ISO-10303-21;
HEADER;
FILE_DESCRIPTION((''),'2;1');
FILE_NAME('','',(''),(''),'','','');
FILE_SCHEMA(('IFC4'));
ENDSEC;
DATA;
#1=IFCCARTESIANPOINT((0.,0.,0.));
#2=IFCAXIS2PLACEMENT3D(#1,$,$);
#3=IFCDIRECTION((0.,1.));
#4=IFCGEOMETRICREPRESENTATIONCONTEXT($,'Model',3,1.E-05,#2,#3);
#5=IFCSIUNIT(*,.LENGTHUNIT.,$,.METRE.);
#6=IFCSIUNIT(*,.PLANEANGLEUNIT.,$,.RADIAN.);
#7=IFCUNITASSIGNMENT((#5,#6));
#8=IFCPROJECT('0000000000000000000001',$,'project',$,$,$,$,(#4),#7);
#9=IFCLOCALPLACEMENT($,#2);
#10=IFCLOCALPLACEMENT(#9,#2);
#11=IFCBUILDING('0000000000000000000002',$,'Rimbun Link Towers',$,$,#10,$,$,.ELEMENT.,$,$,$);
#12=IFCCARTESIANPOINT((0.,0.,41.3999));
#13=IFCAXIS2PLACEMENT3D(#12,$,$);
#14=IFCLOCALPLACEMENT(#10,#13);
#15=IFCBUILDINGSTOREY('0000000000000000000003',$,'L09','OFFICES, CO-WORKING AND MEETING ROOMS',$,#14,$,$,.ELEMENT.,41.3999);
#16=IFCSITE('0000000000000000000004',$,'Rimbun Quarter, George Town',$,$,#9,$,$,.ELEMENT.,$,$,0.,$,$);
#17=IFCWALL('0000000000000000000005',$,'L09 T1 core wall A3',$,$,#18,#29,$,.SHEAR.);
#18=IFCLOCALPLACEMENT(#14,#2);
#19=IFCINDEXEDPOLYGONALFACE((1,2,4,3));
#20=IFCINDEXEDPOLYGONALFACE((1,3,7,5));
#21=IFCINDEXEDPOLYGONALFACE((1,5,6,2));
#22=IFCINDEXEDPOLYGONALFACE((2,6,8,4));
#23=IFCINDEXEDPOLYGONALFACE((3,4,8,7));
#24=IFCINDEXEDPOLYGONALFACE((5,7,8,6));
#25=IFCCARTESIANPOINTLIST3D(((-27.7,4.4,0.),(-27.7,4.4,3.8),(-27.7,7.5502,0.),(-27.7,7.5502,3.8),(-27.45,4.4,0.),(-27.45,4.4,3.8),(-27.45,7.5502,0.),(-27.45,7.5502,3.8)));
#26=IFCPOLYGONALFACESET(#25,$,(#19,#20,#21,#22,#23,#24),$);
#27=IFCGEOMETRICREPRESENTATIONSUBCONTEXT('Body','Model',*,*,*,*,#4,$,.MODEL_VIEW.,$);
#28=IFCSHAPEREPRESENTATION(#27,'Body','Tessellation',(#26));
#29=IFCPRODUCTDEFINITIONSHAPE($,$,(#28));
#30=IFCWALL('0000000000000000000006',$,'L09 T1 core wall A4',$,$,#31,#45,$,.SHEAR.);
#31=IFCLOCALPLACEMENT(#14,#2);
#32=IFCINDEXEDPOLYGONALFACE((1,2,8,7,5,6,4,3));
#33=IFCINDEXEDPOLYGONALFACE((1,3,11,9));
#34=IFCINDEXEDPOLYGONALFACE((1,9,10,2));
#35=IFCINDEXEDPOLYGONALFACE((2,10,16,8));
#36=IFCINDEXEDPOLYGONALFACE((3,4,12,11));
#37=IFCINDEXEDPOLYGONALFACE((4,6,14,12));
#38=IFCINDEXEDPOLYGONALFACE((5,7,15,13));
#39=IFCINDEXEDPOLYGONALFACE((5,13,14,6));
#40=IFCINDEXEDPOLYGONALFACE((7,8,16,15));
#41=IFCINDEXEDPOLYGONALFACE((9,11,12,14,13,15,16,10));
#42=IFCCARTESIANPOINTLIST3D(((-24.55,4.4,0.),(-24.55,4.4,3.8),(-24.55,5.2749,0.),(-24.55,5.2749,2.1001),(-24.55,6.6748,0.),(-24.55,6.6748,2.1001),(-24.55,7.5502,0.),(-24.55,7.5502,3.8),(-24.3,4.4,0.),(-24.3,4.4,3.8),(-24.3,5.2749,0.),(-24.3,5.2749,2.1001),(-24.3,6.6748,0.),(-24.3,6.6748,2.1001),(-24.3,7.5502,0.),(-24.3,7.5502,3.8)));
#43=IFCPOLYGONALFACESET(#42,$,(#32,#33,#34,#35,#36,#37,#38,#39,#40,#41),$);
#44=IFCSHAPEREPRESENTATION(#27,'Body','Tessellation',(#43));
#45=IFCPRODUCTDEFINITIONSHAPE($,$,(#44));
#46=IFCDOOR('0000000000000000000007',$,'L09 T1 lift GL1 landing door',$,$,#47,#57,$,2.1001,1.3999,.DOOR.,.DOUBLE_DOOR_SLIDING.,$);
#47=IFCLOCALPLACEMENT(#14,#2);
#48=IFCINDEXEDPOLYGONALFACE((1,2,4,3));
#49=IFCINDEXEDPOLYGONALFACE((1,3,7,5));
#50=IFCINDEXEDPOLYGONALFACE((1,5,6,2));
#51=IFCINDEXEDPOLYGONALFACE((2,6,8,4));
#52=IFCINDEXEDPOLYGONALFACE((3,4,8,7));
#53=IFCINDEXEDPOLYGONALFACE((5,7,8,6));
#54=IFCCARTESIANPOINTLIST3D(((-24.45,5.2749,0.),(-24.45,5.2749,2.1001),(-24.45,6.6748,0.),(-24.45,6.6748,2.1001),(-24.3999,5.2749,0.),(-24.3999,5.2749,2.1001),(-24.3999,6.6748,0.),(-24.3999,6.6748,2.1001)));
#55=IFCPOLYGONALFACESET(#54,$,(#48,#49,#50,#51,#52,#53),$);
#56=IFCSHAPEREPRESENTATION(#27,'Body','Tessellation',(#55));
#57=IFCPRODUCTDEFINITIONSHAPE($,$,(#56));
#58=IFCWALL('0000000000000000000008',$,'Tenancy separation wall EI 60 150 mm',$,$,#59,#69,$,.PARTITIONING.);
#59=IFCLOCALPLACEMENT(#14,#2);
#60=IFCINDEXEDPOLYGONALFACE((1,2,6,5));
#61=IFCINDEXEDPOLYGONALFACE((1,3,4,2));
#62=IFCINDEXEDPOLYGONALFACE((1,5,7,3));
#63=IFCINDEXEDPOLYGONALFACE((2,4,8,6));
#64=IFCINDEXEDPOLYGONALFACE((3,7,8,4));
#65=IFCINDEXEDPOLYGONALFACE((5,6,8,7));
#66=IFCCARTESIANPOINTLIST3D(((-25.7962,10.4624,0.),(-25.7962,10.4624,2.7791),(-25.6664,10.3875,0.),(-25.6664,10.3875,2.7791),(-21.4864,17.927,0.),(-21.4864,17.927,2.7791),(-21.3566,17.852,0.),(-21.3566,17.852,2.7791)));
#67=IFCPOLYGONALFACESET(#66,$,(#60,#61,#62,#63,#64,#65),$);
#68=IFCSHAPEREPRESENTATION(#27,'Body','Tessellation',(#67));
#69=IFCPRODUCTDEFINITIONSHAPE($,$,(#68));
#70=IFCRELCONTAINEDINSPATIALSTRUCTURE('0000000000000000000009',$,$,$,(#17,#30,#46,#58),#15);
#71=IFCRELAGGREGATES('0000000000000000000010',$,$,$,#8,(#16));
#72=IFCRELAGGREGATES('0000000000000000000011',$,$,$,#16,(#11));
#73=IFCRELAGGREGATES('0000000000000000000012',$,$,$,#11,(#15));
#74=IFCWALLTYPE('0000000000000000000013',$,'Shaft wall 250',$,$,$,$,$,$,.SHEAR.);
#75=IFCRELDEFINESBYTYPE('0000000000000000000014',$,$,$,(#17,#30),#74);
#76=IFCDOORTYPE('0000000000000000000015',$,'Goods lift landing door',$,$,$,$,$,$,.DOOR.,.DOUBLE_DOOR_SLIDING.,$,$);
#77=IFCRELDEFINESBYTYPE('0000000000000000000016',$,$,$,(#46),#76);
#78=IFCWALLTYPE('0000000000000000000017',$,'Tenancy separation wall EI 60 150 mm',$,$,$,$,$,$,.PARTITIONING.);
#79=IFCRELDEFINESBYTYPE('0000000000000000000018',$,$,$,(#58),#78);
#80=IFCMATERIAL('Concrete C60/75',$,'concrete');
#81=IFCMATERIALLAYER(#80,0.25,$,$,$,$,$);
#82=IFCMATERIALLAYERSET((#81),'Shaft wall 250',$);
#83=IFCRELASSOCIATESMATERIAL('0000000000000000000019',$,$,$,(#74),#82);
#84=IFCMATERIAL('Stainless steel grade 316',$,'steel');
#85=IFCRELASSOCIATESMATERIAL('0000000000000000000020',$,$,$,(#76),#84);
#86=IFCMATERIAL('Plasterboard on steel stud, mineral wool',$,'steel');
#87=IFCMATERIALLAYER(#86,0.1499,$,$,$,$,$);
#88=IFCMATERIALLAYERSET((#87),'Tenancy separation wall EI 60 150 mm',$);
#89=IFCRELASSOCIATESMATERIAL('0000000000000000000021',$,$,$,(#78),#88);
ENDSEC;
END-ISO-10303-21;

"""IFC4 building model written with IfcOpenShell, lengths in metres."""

from ifc_helpers import new_model, si_unit, direction, frame, frame_2d, origin, place, context, subcontext, project, spatial, rectangle, extrude, material, layer, layer_set, type_object, element, fill, save


model = new_model("IFC4")

# Units and contexts
model_context = context("Model", 3, precision=1e-05, world=origin(), true_north=direction((0.0, 1.0)))
body_context = subcontext(model_context, "Body", "Model", "MODEL_VIEW")
ifc_project = project(units=[si_unit("LENGTHUNIT", "METRE"), si_unit("PLANEANGLEUNIT", "RADIAN")], contexts=[model_context])

# Site, building, storey
site_placement = place(None, origin())
site = spatial("IfcSite", under=ifc_project, at=site_placement, Name="Rimbun Quarter, George Town", CompositionType="ELEMENT", RefElevation=0.0)
building_placement = place(site_placement, origin())
building = spatial("IfcBuilding", under=site, at=building_placement, Name="Rimbun Link Towers", CompositionType="ELEMENT")
storey_placement = place(building_placement, frame((0.0, 0.0, 41.3999)))
storey = spatial("IfcBuildingStorey", under=building, at=storey_placement, Name="L09", Description="OFFICES, CO-WORKING AND MEETING ROOMS", CompositionType="ELEMENT", Elevation=41.3999)

# Wall
ifc_material_1 = material(Name="Concrete C60/75", Category="concrete")
ifc_layer_1 = layer(ifc_material_1, 0.25)
ifc_layer_set_1 = layer_set([ifc_layer_1], Name="Shaft wall 250")
wall_type_1 = type_object("IfcWallType", Name="Shaft wall 250", PredefinedType="SHEAR", material=ifc_layer_set_1)
wall_1_placement = place(storey_placement, frame((-27.575, 4.3999, 0.0), z_axis=(0.0, 0.0, 1.0), x_axis=(0.0, 1.0, 0.0)))
element("IfcWall", 1, at=wall_1_placement, inside=storey, type_object=wall_type_1, Name="L09 T1 core wall A3", PredefinedType="SHEAR", context=body_context, shape_type="SweptSolid", body=[
    extrude(rectangle(XDim=3.1501, YDim=0.25, at=frame_2d((1.5752, 0.0))), origin(), (0.0, 0.0, 1.0), 3.8),
])

# Wall, opening, door
wall_2_placement = place(storey_placement, frame((-24.425, 4.3999, 0.0), z_axis=(0.0, 0.0, 1.0), x_axis=(0.0, 1.0, 0.0)))
wall_2 = element("IfcWall", 2, at=wall_2_placement, inside=storey, type_object=wall_type_1, Name="L09 T1 core wall A4", PredefinedType="SHEAR", context=body_context, shape_type="SweptSolid", body=[
    extrude(rectangle(XDim=3.1501, YDim=0.25, at=frame_2d((1.5752, 0.0))), origin(), (0.0, 0.0, 1.0), 3.8),
])
opening_1_placement = place(wall_2_placement, frame((0.875, 0.0, 0.0)))
opening_1 = element("IfcOpeningElement", 3, at=opening_1_placement, cuts=wall_2, PredefinedType="OPENING", context=body_context, shape_type="SweptSolid", body=[
    extrude(rectangle(XDim=1.3999, YDim=2.1001, at=frame_2d((0.7, 1.05))), frame((0.0, 0.135, 0.0), z_axis=(0.0, -1.0, 0.0), x_axis=(1.0, 0.0, 0.0)), (0.0, 0.0, 1.0), 0.27),
])
ifc_material_2 = material(Name="Stainless steel grade 316", Category="steel")
door_type_1 = type_object("IfcDoorType", Name="Goods lift landing door", OperationType="DOUBLE_DOOR_SLIDING", PredefinedType="DOOR", material=ifc_material_2)
door_1_placement = place(opening_1_placement, origin())
door_1 = element("IfcDoor", 4, at=door_1_placement, inside=storey, type_object=door_type_1, Name="L09 T1 lift GL1 landing door", OperationType="DOUBLE_DOOR_SLIDING", OverallHeight=2.1001, OverallWidth=1.3999, PredefinedType="DOOR", context=body_context, shape_type="SweptSolid", body=[
    extrude(rectangle(XDim=1.3999, YDim=2.1001, at=frame_2d((0.7, 1.05))), frame((0.0, 0.0249, 0.0), z_axis=(0.0, -1.0, 0.0), x_axis=(1.0, 0.0, 0.0)), (0.0, 0.0, 1.0), 0.05),
])
fill(opening_1, door_1)

# Wall
ifc_material_3 = material(Name="Plasterboard on steel stud, mineral wool", Category="steel")
ifc_layer_2 = layer(ifc_material_3, 0.1499)
ifc_layer_set_2 = layer_set([ifc_layer_2], Name="Tenancy separation wall EI 60 150 mm")
wall_type_2 = type_object("IfcWallType", Name="Tenancy separation wall EI 60 150 mm", PredefinedType="PARTITIONING", material=ifc_layer_set_2)
wall_3_placement = place(storey_placement, frame((-25.7312, 10.425, 0.0), z_axis=(0.0, 0.0, 1.0), x_axis=(0.500011, 0.866019, 0.0)))
element("IfcWall", 5, at=wall_3_placement, inside=storey, type_object=wall_type_2, Name="Tenancy separation wall EI 60 150 mm", PredefinedType="PARTITIONING", context=body_context, shape_type="SweptSolid", body=[
    extrude(rectangle(XDim=8.6194, YDim=0.1499, at=frame_2d((4.3096, 0.0))), origin(), (0.0, 0.0, 1.0), 2.7791),
])

save(model, "model.ifc")
